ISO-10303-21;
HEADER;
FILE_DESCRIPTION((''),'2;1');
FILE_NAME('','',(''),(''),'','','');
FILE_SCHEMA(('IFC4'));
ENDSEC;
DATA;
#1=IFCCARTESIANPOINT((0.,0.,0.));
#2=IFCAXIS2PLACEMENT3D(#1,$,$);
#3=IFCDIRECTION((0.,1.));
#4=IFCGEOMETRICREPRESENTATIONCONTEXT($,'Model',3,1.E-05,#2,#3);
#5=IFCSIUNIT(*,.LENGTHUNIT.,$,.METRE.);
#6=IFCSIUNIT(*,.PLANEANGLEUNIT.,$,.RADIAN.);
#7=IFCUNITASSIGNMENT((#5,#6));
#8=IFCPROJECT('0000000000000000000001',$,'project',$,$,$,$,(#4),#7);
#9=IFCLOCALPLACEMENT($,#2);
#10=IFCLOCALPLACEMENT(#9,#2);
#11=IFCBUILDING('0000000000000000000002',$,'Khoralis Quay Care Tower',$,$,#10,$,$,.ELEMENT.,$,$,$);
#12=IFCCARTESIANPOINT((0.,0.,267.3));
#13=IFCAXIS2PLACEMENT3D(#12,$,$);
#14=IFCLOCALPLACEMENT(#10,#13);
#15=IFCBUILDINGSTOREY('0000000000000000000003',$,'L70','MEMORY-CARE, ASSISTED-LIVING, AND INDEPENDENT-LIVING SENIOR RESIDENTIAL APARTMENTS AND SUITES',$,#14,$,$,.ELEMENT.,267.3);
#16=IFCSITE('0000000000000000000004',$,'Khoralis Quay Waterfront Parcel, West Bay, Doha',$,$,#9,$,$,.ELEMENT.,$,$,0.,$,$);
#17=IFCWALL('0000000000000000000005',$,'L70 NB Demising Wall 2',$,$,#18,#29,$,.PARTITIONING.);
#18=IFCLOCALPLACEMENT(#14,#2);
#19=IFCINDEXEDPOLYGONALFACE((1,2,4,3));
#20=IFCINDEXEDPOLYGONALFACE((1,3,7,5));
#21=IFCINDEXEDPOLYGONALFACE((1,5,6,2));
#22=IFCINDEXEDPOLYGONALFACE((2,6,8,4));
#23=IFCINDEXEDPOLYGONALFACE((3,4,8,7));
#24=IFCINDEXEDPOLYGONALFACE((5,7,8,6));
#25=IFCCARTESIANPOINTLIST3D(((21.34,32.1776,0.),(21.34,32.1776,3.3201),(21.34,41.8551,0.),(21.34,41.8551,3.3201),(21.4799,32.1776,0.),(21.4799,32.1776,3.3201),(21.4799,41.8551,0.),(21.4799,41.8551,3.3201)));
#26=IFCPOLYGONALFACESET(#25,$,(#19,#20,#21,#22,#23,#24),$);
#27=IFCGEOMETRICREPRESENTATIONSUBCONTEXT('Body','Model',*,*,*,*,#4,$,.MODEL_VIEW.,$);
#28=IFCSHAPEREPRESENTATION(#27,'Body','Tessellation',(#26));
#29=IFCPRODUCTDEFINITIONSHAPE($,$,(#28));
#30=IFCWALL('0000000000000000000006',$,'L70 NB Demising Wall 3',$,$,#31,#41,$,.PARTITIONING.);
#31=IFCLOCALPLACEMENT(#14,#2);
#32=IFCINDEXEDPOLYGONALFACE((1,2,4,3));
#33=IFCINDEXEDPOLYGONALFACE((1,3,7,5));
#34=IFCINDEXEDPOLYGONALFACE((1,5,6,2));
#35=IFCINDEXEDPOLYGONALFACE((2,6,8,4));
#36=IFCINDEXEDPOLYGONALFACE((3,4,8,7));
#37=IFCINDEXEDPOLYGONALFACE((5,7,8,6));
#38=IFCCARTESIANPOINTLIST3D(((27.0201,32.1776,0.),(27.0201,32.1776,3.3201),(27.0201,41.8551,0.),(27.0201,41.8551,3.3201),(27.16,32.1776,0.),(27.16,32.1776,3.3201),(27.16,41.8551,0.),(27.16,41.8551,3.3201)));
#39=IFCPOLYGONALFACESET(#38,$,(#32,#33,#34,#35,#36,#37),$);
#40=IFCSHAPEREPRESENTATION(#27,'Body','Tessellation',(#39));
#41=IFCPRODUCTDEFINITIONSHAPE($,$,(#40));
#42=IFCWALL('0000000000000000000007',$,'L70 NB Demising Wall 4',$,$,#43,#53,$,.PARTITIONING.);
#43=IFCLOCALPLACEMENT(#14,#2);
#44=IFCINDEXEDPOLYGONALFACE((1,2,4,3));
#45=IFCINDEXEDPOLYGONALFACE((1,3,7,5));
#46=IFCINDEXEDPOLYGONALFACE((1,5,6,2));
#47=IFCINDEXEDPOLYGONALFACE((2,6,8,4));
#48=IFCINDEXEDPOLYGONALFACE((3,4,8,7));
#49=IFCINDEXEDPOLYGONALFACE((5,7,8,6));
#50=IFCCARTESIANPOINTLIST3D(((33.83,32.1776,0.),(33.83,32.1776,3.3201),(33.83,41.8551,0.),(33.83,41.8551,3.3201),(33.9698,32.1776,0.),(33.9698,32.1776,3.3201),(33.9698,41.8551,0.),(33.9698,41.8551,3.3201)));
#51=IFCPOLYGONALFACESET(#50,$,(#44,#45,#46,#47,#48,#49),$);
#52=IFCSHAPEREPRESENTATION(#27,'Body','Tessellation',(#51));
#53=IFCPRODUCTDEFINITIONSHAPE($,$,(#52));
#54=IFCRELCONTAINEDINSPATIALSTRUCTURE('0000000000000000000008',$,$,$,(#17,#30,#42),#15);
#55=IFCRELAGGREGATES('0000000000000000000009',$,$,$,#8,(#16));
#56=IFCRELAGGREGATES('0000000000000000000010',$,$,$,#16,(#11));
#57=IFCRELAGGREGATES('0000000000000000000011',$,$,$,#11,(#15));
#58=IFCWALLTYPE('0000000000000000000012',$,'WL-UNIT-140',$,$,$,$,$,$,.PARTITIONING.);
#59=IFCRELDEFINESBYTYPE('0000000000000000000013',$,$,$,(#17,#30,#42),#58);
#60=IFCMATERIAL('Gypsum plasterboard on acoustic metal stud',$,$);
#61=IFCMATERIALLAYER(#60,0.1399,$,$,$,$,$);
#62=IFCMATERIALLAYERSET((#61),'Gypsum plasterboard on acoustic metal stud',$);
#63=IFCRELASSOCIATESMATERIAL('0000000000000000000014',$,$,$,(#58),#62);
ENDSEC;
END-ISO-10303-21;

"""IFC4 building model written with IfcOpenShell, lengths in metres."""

from ifc_helpers import new_model, si_unit, direction, frame, frame_2d, origin, place, context, subcontext, project, spatial, rectangle, extrude, material, layer, layer_set, type_object, element, save


model = new_model("IFC4")

# Units and contexts
model_context = context("Model", 3, precision=1e-05, world=origin(), true_north=direction((0.0, 1.0)))
body_context = subcontext(model_context, "Body", "Model", "MODEL_VIEW")
ifc_project = project(units=[si_unit("LENGTHUNIT", "METRE"), si_unit("PLANEANGLEUNIT", "RADIAN")], contexts=[model_context])

# Site, building, storey
site_placement = place(None, origin())
site = spatial("IfcSite", under=ifc_project, at=site_placement, Name="Khoralis Quay Waterfront Parcel, West Bay, Doha", CompositionType="ELEMENT", RefElevation=0.0)
building_placement = place(site_placement, origin())
building = spatial("IfcBuilding", under=site, at=building_placement, Name="Khoralis Quay Care Tower", CompositionType="ELEMENT")
storey_placement = place(building_placement, frame((0.0, 0.0, 267.3)))
storey = spatial("IfcBuildingStorey", under=building, at=storey_placement, Name="L70", Description="MEMORY-CARE, ASSISTED-LIVING, AND INDEPENDENT-LIVING SENIOR RESIDENTIAL APARTMENTS AND SUITES", CompositionType="ELEMENT", Elevation=267.3)

# Shared definitions
ifc_material_1 = material(Name="Gypsum plasterboard on acoustic metal stud")

# Shared definitions
ifc_layer_1 = layer(ifc_material_1, 0.1399)
ifc_layer_set_1 = layer_set([ifc_layer_1], Name="Gypsum plasterboard on acoustic metal stud")
wall_type_1 = type_object("IfcWallType", Name="WL-UNIT-140", PredefinedType="PARTITIONING", material=ifc_layer_set_1)

# Walls
for number, where, z_axis, x_axis, name in (
    (1, (21.4099, 32.1775, 0.0), (0.0, 0.0, 1.0), (0.0, 1.0, 0.0), "L70 NB Demising Wall 2"),
    (2, (27.0901, 32.1775, 0.0), (0.0, 0.0, 1.0), (0.0, 1.0, 0.0), "L70 NB Demising Wall 3"),
    (3, (33.8999, 32.1775, 0.0), (0.0, 0.0, 1.0), (0.0, 1.0, 0.0), "L70 NB Demising Wall 4"),
):
    element("IfcWall", number, at=place(storey_placement, frame(where, z_axis=z_axis, x_axis=x_axis)), inside=storey, type_object=wall_type_1, Name=name, PredefinedType="PARTITIONING", context=body_context, shape_type="SweptSolid", body=[
        extrude(rectangle(XDim=9.6775, YDim=0.1399, at=frame_2d((4.8389, 0.0))), origin(), (0.0, 0.0, 1.0), 3.3201),
    ])

save(model, "model.ifc")
